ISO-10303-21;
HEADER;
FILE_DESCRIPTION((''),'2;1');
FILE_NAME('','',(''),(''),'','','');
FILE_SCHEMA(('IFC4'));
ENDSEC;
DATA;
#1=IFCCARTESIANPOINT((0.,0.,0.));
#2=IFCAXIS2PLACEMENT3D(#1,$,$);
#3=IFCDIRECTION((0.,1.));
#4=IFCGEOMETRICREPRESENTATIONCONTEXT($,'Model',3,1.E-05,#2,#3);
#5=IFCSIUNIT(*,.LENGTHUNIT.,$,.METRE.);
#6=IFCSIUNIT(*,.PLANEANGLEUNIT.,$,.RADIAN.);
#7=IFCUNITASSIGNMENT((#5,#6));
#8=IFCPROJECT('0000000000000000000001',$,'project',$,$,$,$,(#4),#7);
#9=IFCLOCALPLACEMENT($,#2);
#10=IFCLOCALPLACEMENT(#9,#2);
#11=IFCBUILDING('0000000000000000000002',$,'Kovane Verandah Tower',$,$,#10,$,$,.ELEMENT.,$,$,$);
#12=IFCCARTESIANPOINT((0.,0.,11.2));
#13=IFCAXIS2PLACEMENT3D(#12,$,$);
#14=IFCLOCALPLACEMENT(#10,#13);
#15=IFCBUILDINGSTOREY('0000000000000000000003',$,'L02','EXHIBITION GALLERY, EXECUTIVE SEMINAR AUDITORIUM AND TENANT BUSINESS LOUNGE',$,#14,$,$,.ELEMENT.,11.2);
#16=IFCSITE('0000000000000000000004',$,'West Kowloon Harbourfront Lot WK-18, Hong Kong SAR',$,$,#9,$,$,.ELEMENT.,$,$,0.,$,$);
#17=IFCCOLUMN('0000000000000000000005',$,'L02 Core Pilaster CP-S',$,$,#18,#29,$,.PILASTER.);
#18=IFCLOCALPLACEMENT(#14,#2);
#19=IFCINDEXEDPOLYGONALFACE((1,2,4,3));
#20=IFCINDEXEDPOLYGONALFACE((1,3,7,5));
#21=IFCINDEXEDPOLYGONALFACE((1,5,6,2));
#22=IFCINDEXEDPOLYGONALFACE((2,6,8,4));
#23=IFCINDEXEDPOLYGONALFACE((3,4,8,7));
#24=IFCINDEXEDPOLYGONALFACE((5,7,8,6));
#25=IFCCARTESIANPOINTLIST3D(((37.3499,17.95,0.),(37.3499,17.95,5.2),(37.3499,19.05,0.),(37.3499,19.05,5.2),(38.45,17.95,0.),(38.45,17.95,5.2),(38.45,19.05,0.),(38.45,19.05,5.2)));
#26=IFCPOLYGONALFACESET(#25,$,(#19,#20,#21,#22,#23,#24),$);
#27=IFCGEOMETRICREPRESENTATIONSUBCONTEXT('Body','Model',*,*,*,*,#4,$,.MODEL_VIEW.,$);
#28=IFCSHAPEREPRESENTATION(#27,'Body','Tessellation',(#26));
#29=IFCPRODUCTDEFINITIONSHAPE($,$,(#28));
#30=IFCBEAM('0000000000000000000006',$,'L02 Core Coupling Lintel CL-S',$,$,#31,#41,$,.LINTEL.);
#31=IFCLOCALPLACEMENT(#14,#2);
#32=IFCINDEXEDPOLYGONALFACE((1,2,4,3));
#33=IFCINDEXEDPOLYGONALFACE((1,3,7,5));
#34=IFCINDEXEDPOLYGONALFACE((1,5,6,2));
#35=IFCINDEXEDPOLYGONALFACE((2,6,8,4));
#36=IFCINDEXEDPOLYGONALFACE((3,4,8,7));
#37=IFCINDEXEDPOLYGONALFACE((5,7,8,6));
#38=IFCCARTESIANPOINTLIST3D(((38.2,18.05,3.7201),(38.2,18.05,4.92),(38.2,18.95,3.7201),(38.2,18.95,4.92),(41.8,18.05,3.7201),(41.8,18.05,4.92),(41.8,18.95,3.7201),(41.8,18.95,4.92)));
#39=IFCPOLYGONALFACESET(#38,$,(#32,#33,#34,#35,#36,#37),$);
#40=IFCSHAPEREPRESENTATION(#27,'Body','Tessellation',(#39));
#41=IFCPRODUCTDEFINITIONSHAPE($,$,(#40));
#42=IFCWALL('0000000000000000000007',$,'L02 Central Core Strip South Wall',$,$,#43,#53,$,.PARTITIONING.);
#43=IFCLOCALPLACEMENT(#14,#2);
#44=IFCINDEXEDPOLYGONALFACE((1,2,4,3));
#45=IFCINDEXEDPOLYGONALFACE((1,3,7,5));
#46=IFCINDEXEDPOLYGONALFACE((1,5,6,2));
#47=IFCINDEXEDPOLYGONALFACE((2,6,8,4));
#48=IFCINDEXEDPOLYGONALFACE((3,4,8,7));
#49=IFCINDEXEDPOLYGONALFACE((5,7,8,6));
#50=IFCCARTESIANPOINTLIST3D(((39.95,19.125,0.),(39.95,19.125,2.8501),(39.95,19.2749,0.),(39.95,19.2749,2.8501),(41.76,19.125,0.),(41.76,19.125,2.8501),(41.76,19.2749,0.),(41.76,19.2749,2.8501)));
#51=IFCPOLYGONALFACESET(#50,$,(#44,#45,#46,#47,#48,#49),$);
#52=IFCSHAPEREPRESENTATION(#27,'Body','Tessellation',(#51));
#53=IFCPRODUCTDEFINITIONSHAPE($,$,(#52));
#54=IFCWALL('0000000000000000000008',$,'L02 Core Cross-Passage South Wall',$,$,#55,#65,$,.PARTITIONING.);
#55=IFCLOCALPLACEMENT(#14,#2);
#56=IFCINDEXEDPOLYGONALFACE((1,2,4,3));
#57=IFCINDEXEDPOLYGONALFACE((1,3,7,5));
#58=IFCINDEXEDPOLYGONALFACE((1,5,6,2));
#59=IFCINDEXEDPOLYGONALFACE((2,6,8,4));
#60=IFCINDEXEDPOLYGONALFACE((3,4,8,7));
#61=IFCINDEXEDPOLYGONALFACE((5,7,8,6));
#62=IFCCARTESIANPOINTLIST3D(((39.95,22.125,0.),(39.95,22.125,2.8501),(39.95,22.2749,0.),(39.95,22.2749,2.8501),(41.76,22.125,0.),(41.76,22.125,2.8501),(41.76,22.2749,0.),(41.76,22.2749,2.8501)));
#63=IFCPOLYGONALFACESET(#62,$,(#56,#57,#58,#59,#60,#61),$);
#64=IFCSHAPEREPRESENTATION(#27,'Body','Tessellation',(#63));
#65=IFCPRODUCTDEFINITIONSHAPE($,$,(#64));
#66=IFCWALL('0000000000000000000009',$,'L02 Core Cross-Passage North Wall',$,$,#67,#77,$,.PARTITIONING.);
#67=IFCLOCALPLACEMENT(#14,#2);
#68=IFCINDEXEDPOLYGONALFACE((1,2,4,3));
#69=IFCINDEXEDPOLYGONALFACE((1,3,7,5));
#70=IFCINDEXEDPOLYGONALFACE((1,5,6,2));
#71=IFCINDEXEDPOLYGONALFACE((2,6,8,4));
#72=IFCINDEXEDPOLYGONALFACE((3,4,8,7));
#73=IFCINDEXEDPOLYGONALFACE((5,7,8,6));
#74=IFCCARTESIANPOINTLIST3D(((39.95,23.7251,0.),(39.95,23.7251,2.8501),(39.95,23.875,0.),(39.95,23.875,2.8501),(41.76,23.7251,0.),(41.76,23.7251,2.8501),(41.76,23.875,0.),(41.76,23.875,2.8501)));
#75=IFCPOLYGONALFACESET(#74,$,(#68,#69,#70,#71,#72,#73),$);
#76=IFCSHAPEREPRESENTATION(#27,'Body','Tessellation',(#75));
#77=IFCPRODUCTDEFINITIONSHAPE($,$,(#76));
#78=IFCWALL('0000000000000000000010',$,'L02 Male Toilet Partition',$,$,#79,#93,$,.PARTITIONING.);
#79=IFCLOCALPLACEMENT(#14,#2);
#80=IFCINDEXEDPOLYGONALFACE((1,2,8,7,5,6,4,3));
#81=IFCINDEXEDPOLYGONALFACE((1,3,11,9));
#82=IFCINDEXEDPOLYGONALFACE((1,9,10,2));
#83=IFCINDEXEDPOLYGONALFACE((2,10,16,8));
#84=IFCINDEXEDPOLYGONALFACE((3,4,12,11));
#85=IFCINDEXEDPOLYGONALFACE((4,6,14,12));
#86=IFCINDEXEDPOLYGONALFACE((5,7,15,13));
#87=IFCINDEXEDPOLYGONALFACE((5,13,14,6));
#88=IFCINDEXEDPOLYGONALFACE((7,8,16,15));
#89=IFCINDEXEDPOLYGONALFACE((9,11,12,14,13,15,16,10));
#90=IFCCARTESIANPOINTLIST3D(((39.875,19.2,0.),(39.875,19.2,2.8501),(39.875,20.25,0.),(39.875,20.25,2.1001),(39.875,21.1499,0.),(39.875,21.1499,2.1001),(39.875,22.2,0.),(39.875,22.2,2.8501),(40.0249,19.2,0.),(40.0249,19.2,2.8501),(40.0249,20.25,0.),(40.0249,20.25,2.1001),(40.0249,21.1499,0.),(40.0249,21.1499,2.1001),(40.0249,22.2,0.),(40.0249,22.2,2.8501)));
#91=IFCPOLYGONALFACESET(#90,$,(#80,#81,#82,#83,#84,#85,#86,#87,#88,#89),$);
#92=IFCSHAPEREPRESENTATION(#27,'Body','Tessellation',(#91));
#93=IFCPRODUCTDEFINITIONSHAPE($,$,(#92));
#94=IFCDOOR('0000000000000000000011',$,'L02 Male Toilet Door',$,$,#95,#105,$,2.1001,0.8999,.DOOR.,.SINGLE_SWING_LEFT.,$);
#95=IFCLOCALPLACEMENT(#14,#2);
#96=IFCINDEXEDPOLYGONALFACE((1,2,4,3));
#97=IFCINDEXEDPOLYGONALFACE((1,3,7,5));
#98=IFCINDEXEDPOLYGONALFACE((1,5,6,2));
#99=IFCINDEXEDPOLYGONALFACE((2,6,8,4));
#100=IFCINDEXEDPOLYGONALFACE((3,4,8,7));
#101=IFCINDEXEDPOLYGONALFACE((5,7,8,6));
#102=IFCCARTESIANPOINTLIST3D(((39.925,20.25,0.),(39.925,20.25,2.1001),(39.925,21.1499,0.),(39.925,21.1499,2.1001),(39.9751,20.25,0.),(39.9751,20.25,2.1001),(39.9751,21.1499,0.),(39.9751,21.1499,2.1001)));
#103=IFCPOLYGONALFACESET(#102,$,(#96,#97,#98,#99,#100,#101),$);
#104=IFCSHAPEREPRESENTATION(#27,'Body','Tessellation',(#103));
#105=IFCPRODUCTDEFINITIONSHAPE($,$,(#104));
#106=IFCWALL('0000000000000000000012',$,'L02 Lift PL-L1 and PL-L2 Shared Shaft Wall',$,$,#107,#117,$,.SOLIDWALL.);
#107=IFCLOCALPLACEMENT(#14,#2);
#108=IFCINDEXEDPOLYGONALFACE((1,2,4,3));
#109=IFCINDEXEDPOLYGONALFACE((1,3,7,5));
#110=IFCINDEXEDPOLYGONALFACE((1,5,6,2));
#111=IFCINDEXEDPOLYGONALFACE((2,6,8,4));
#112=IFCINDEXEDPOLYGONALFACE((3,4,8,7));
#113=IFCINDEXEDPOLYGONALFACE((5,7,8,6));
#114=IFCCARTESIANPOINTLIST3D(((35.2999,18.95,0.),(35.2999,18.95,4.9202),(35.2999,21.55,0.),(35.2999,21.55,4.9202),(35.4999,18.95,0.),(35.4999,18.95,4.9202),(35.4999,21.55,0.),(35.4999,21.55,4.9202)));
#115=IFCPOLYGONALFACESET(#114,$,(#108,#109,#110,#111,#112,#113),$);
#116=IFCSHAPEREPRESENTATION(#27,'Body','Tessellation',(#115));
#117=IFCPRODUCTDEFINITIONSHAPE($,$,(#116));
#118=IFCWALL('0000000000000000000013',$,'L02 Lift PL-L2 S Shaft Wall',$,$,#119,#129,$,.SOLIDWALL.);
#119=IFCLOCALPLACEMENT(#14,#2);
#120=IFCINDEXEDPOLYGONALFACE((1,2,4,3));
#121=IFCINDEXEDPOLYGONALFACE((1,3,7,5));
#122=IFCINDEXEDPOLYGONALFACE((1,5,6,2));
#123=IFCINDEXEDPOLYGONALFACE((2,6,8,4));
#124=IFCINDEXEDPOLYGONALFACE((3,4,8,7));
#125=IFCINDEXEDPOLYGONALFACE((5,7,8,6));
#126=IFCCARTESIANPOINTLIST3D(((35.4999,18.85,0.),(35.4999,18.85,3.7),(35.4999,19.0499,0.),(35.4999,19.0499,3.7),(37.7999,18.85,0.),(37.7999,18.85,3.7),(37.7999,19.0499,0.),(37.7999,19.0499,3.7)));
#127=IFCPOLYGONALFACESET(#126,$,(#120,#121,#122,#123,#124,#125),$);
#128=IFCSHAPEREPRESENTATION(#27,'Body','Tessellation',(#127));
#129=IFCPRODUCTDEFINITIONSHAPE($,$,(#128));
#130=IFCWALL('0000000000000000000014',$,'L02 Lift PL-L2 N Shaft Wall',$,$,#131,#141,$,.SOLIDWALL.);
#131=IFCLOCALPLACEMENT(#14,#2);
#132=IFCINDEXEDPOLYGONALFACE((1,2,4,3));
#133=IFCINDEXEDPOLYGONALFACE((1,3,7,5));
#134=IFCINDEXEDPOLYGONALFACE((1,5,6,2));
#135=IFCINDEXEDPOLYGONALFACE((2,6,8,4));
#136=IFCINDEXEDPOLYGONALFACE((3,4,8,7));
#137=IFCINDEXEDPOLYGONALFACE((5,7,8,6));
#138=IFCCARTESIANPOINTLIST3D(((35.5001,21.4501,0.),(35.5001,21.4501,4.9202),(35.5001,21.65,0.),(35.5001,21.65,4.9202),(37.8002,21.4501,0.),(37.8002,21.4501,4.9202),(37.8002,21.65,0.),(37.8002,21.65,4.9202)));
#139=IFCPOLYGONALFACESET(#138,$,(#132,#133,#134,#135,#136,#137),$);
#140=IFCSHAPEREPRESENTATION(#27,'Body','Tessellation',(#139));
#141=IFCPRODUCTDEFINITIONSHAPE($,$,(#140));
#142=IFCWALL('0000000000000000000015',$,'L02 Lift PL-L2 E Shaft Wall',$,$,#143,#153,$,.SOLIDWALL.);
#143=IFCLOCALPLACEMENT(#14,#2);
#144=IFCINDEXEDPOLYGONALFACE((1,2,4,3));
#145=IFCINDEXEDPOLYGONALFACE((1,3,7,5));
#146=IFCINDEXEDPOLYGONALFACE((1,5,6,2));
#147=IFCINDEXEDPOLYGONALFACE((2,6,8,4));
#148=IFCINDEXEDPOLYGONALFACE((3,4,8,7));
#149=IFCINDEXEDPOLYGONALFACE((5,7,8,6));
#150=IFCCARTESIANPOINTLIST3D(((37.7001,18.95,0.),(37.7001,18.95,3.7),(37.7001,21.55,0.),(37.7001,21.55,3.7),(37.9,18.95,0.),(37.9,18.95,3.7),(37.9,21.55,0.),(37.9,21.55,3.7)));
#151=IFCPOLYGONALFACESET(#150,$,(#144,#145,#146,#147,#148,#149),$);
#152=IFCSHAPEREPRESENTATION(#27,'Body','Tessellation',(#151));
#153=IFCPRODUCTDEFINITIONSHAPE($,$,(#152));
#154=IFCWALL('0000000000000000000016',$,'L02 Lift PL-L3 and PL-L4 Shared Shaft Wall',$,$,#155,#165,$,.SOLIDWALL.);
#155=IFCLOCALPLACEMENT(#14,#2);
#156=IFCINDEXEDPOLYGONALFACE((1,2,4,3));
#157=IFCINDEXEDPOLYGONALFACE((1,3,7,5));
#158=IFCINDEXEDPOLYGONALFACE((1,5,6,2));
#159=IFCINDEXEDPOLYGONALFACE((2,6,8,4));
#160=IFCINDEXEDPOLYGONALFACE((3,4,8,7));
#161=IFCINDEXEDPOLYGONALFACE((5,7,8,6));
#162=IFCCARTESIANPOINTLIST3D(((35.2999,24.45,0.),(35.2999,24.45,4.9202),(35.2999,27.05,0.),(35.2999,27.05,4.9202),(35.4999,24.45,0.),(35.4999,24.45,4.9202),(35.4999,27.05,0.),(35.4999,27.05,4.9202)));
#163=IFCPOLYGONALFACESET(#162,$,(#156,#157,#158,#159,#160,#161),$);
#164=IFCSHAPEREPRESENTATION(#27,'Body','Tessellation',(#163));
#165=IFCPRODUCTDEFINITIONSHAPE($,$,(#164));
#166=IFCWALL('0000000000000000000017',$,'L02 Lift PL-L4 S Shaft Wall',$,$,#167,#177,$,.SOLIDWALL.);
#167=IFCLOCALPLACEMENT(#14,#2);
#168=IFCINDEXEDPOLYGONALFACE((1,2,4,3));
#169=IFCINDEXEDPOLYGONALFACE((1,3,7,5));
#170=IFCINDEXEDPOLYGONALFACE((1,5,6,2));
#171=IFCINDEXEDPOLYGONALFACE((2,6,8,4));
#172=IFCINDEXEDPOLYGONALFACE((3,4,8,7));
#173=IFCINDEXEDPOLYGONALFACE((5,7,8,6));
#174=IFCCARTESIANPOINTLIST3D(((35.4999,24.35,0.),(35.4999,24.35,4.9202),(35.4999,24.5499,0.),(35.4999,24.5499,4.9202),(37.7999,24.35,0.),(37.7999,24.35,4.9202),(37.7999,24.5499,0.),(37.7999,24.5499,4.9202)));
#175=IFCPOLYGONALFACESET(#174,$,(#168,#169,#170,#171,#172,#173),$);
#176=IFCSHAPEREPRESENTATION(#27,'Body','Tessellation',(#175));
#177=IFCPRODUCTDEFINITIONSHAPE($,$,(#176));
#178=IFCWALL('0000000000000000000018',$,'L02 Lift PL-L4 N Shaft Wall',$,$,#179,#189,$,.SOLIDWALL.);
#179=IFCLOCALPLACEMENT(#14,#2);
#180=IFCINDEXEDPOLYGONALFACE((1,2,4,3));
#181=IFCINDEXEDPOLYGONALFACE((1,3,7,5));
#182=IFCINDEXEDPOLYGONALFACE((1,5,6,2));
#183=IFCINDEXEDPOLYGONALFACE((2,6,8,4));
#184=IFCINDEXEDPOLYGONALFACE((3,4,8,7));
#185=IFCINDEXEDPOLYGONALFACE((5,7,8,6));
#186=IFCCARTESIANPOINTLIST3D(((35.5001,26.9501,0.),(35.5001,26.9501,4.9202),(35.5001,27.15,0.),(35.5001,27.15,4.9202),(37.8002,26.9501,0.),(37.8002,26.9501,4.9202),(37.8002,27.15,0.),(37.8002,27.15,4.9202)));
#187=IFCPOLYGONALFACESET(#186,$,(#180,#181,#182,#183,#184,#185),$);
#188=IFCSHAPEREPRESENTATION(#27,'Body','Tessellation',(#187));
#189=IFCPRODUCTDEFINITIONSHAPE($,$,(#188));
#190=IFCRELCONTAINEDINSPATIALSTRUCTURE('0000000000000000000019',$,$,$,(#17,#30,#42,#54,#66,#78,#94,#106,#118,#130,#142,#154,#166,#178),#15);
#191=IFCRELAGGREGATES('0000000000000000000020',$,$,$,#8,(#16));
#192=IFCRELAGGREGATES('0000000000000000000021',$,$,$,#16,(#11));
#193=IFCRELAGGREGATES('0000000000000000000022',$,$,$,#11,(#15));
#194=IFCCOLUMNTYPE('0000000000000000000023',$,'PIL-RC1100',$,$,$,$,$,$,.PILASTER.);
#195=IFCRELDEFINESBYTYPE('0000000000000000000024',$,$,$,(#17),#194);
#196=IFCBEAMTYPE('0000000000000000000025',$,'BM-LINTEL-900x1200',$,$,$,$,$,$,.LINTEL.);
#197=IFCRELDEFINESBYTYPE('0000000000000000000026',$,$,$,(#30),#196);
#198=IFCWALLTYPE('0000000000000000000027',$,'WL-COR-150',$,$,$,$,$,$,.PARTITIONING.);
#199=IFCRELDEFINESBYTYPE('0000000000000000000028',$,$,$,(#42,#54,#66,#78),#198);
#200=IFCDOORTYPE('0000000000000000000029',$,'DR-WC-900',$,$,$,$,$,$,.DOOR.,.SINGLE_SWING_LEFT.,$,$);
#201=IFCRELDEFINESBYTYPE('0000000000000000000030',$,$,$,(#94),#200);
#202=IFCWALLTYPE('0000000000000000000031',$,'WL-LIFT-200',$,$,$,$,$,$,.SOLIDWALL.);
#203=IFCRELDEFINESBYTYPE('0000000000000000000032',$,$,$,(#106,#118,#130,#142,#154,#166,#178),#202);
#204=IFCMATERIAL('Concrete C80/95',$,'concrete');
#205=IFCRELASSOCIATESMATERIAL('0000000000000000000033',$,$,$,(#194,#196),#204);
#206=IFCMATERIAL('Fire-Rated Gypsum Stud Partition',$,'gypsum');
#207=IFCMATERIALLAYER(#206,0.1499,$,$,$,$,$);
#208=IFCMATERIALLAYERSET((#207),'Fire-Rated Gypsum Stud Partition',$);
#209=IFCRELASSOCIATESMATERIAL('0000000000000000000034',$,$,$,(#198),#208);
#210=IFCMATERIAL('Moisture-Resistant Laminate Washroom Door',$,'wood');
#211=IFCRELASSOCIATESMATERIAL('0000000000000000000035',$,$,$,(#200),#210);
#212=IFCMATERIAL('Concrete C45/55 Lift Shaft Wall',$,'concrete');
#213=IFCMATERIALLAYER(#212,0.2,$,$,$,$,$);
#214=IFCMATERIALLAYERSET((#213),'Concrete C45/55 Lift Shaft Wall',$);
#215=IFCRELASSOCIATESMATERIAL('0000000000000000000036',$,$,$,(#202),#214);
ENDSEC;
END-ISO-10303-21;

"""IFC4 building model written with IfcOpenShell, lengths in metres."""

from ifc_helpers import new_model, si_unit, direction, frame, frame_2d, origin, origin_2d, place, context, subcontext, project, spatial, rectangle, extrude, material, layer, layer_set, material_profile, profile_set, type_object, element, fill, save


model = new_model("IFC4")

# Units and contexts
model_context = context("Model", 3, precision=1e-05, world=origin(), true_north=direction((0.0, 1.0)))
body_context = subcontext(model_context, "Body", "Model", "MODEL_VIEW")
ifc_project = project(units=[si_unit("LENGTHUNIT", "METRE"), si_unit("PLANEANGLEUNIT", "RADIAN")], contexts=[model_context])

# Site, building, storey
site_placement = place(None, origin())
site = spatial("IfcSite", under=ifc_project, at=site_placement, Name="West Kowloon Harbourfront Lot WK-18, Hong Kong SAR", CompositionType="ELEMENT", RefElevation=0.0)
building_placement = place(site_placement, origin())
building = spatial("IfcBuilding", under=site, at=building_placement, Name="Kovane Verandah Tower", CompositionType="ELEMENT")
storey_placement = place(building_placement, frame((0.0, 0.0, 11.2)))
storey = spatial("IfcBuildingStorey", under=building, at=storey_placement, Name="L02", Description="EXHIBITION GALLERY, EXECUTIVE SEMINAR AUDITORIUM AND TENANT BUSINESS LOUNGE", CompositionType="ELEMENT", Elevation=11.2)

# Column
ifc_material_1 = material(Name="Concrete C80/95", Category="concrete")
ifc_material_profile_1 = material_profile(ifc_material_1, rectangle(XDim=1.1001, YDim=1.1001, at=origin_2d()), Name="RC1100x1100")
ifc_profile_set_1 = profile_set([ifc_material_profile_1], Name="Concrete C80/95")
column_type = type_object("IfcColumnType", Name="PIL-RC1100", PredefinedType="PILASTER", material=ifc_profile_set_1)
column_placement = place(storey_placement, frame((37.8999, 18.5, 0.0), z_axis=(0.0, 0.0, 1.0), x_axis=(1.0, 0.0, 0.0)))
element("IfcColumn", 1, at=column_placement, inside=storey, type_object=column_type, Name="L02 Core Pilaster CP-S", PredefinedType="PILASTER", context=body_context, shape_type="SweptSolid", body=[
    extrude(rectangle(XDim=1.1001, YDim=1.1001, at=origin_2d()), origin(), (0.0, 0.0, 1.0), 5.2),
])

# Beam
ifc_material_profile_2 = material_profile(ifc_material_1, rectangle(XDim=0.8999, YDim=1.2, at=origin_2d()), Name="RCB900x1200")
ifc_profile_set_2 = profile_set([ifc_material_profile_2], Name="Concrete C80/95")
beam_type = type_object("IfcBeamType", Name="BM-LINTEL-900x1200", PredefinedType="LINTEL", material=ifc_profile_set_2)
beam_placement = place(storey_placement, frame((38.2, 18.5, 4.3201), z_axis=(1.0, 0.0, 0.0), x_axis=(0.0, 1.0, 0.0)))
element("IfcBeam", 2, at=beam_placement, inside=storey, type_object=beam_type, Name="L02 Core Coupling Lintel CL-S", PredefinedType="LINTEL", context=body_context, shape_type="SweptSolid", body=[
    extrude(rectangle(XDim=0.8999, YDim=1.2, at=origin_2d()), origin(), (0.0, 0.0, 1.0), 3.6001),
])

# Walls
ifc_material_2 = material(Name="Fire-Rated Gypsum Stud Partition", Category="gypsum")
ifc_layer_1 = layer(ifc_material_2, 0.1499)
ifc_layer_set_1 = layer_set([ifc_layer_1], Name="Fire-Rated Gypsum Stud Partition")
wall_type_1 = type_object("IfcWallType", Name="WL-COR-150", PredefinedType="PARTITIONING", material=ifc_layer_set_1)
for number, where, z_axis, x_axis, name in (
    (3, (39.95, 19.2, 0.0), (0.0, 0.0, 1.0), (1.0, 0.0, 0.0), "L02 Central Core Strip South Wall"),
    (4, (39.95, 22.2, 0.0), (0.0, 0.0, 1.0), (1.0, 0.0, 0.0), "L02 Core Cross-Passage South Wall"),
    (5, (39.95, 23.8, 0.0), (0.0, 0.0, 1.0), (1.0, 0.0, 0.0), "L02 Core Cross-Passage North Wall"),
):
    element("IfcWall", number, at=place(storey_placement, frame(where, z_axis=z_axis, x_axis=x_axis)), inside=storey, type_object=wall_type_1, Name=name, PredefinedType="PARTITIONING", context=body_context, shape_type="SweptSolid", body=[
        extrude(rectangle(XDim=1.8101, YDim=0.1499, at=frame_2d((0.905, 0.0))), origin(), (0.0, 0.0, 1.0), 2.8501),
    ])

# Wall, opening, door
wall_1_placement = place(storey_placement, frame((39.95, 19.2, 0.0), z_axis=(0.0, 0.0, 1.0), x_axis=(0.0, 1.0, 0.0)))
wall_1 = element("IfcWall", 6, at=wall_1_placement, inside=storey, type_object=wall_type_1, Name="L02 Male Toilet Partition", PredefinedType="PARTITIONING", context=body_context, shape_type="SweptSolid", body=[
    extrude(rectangle(XDim=3.0, YDim=0.1499, at=frame_2d((1.5, 0.0))), origin(), (0.0, 0.0, 1.0), 2.8501),
])
opening_placement = place(wall_1_placement, frame((1.05, 0.0, 0.0)))
opening = element("IfcOpeningElement", 7, at=opening_placement, cuts=wall_1, PredefinedType="OPENING", context=body_context, shape_type="SweptSolid", body=[
    extrude(rectangle(XDim=0.8999, YDim=2.1001, at=frame_2d((0.45, 1.05))), frame((0.0, 0.075, 0.0), z_axis=(0.0, -1.0, 0.0), x_axis=(1.0, 0.0, 0.0)), (0.0, 0.0, 1.0), 0.1499),
])
ifc_material_3 = material(Name="Moisture-Resistant Laminate Washroom Door", Category="wood")
door_type = type_object("IfcDoorType", Name="DR-WC-900", OperationType="SINGLE_SWING_LEFT", PredefinedType="DOOR", material=ifc_material_3)
door_placement = place(opening_placement, origin())
door = element("IfcDoor", 8, at=door_placement, inside=storey, type_object=door_type, Name="L02 Male Toilet Door", OperationType="SINGLE_SWING_LEFT", OverallHeight=2.1001, OverallWidth=0.8999, PredefinedType="DOOR", context=body_context, shape_type="SweptSolid", body=[
    extrude(rectangle(XDim=0.8999, YDim=2.1001, at=frame_2d((0.45, 1.05))), frame((0.0, 0.0249, 0.0), z_axis=(0.0, -1.0, 0.0), x_axis=(1.0, 0.0, 0.0)), (0.0, 0.0, 1.0), 0.05),
])
fill(opening, door)

# Walls
ifc_material_4 = material(Name="Concrete C45/55 Lift Shaft Wall", Category="concrete")
ifc_layer_2 = layer(ifc_material_4, 0.2)
ifc_layer_set_2 = layer_set([ifc_layer_2], Name="Concrete C45/55 Lift Shaft Wall")
wall_type_2 = type_object("IfcWallType", Name="WL-LIFT-200", PredefinedType="SOLIDWALL", material=ifc_layer_set_2)
wall_2_placement = place(storey_placement, frame((35.3999, 18.95, 0.0), z_axis=(0.0, 0.0, 1.0), x_axis=(0.0, 1.0, 0.0)))
element("IfcWall", 9, at=wall_2_placement, inside=storey, type_object=wall_type_2, Name="L02 Lift PL-L1 and PL-L2 Shared Shaft Wall", PredefinedType="SOLIDWALL", context=body_context, shape_type="SweptSolid", body=[
    extrude(rectangle(XDim=2.6001, YDim=0.2, at=frame_2d((1.3, 0.0))), origin(), (0.0, 0.0, 1.0), 4.9202),
])
wall_3_placement = place(storey_placement, frame((35.5, 18.95, 0.0), z_axis=(0.0, 0.0, 1.0), x_axis=(1.0, 0.0, 0.0)))
element("IfcWall", 10, at=wall_3_placement, inside=storey, type_object=wall_type_2, Name="L02 Lift PL-L2 S Shaft Wall", PredefinedType="SOLIDWALL", context=body_context, shape_type="SweptSolid", body=[
    extrude(rectangle(XDim=2.3, YDim=0.2, at=frame_2d((1.1499, 0.0))), origin(), (0.0, 0.0, 1.0), 3.7),
])
wall_4_placement = place(storey_placement, frame((37.8, 21.55, 0.0), z_axis=(0.0, 0.0, 1.0), x_axis=(-1.0, 0.0, 0.0)))
element("IfcWall", 11, at=wall_4_placement, inside=storey, type_object=wall_type_2, Name="L02 Lift PL-L2 N Shaft Wall", PredefinedType="SOLIDWALL", context=body_context, shape_type="SweptSolid", body=[
    extrude(rectangle(XDim=2.3, YDim=0.2, at=frame_2d((1.1499, 0.0))), origin(), (0.0, 0.0, 1.0), 4.9202),
])
wall_5_placement = place(storey_placement, frame((37.8, 18.95, 0.0), z_axis=(0.0, 0.0, 1.0), x_axis=(0.0, 1.0, 0.0)))
element("IfcWall", 12, at=wall_5_placement, inside=storey, type_object=wall_type_2, Name="L02 Lift PL-L2 E Shaft Wall", PredefinedType="SOLIDWALL", context=body_context, shape_type="SweptSolid", body=[
    extrude(rectangle(XDim=2.6001, YDim=0.2, at=frame_2d((1.3, 0.0))), origin(), (0.0, 0.0, 1.0), 3.7),
])
wall_6_placement = place(storey_placement, frame((35.3999, 24.45, 0.0), z_axis=(0.0, 0.0, 1.0), x_axis=(0.0, 1.0, 0.0)))
element("IfcWall", 13, at=wall_6_placement, inside=storey, type_object=wall_type_2, Name="L02 Lift PL-L3 and PL-L4 Shared Shaft Wall", PredefinedType="SOLIDWALL", context=body_context, shape_type="SweptSolid", body=[
    extrude(rectangle(XDim=2.6001, YDim=0.2, at=frame_2d((1.3, 0.0))), origin(), (0.0, 0.0, 1.0), 4.9202),
])
for number, where, z_axis, x_axis, name in (
    (14, (35.5, 24.45, 0.0), (0.0, 0.0, 1.0), (1.0, 0.0, 0.0), "L02 Lift PL-L4 S Shaft Wall"),
    (15, (37.8, 27.05, 0.0), (0.0, 0.0, 1.0), (-1.0, 0.0, 0.0), "L02 Lift PL-L4 N Shaft Wall"),
):
    element("IfcWall", number, at=place(storey_placement, frame(where, z_axis=z_axis, x_axis=x_axis)), inside=storey, type_object=wall_type_2, Name=name, PredefinedType="SOLIDWALL", context=body_context, shape_type="SweptSolid", body=[
        extrude(rectangle(XDim=2.3, YDim=0.2, at=frame_2d((1.1499, 0.0))), origin(), (0.0, 0.0, 1.0), 4.9202),
    ])

save(model, "model.ifc")
